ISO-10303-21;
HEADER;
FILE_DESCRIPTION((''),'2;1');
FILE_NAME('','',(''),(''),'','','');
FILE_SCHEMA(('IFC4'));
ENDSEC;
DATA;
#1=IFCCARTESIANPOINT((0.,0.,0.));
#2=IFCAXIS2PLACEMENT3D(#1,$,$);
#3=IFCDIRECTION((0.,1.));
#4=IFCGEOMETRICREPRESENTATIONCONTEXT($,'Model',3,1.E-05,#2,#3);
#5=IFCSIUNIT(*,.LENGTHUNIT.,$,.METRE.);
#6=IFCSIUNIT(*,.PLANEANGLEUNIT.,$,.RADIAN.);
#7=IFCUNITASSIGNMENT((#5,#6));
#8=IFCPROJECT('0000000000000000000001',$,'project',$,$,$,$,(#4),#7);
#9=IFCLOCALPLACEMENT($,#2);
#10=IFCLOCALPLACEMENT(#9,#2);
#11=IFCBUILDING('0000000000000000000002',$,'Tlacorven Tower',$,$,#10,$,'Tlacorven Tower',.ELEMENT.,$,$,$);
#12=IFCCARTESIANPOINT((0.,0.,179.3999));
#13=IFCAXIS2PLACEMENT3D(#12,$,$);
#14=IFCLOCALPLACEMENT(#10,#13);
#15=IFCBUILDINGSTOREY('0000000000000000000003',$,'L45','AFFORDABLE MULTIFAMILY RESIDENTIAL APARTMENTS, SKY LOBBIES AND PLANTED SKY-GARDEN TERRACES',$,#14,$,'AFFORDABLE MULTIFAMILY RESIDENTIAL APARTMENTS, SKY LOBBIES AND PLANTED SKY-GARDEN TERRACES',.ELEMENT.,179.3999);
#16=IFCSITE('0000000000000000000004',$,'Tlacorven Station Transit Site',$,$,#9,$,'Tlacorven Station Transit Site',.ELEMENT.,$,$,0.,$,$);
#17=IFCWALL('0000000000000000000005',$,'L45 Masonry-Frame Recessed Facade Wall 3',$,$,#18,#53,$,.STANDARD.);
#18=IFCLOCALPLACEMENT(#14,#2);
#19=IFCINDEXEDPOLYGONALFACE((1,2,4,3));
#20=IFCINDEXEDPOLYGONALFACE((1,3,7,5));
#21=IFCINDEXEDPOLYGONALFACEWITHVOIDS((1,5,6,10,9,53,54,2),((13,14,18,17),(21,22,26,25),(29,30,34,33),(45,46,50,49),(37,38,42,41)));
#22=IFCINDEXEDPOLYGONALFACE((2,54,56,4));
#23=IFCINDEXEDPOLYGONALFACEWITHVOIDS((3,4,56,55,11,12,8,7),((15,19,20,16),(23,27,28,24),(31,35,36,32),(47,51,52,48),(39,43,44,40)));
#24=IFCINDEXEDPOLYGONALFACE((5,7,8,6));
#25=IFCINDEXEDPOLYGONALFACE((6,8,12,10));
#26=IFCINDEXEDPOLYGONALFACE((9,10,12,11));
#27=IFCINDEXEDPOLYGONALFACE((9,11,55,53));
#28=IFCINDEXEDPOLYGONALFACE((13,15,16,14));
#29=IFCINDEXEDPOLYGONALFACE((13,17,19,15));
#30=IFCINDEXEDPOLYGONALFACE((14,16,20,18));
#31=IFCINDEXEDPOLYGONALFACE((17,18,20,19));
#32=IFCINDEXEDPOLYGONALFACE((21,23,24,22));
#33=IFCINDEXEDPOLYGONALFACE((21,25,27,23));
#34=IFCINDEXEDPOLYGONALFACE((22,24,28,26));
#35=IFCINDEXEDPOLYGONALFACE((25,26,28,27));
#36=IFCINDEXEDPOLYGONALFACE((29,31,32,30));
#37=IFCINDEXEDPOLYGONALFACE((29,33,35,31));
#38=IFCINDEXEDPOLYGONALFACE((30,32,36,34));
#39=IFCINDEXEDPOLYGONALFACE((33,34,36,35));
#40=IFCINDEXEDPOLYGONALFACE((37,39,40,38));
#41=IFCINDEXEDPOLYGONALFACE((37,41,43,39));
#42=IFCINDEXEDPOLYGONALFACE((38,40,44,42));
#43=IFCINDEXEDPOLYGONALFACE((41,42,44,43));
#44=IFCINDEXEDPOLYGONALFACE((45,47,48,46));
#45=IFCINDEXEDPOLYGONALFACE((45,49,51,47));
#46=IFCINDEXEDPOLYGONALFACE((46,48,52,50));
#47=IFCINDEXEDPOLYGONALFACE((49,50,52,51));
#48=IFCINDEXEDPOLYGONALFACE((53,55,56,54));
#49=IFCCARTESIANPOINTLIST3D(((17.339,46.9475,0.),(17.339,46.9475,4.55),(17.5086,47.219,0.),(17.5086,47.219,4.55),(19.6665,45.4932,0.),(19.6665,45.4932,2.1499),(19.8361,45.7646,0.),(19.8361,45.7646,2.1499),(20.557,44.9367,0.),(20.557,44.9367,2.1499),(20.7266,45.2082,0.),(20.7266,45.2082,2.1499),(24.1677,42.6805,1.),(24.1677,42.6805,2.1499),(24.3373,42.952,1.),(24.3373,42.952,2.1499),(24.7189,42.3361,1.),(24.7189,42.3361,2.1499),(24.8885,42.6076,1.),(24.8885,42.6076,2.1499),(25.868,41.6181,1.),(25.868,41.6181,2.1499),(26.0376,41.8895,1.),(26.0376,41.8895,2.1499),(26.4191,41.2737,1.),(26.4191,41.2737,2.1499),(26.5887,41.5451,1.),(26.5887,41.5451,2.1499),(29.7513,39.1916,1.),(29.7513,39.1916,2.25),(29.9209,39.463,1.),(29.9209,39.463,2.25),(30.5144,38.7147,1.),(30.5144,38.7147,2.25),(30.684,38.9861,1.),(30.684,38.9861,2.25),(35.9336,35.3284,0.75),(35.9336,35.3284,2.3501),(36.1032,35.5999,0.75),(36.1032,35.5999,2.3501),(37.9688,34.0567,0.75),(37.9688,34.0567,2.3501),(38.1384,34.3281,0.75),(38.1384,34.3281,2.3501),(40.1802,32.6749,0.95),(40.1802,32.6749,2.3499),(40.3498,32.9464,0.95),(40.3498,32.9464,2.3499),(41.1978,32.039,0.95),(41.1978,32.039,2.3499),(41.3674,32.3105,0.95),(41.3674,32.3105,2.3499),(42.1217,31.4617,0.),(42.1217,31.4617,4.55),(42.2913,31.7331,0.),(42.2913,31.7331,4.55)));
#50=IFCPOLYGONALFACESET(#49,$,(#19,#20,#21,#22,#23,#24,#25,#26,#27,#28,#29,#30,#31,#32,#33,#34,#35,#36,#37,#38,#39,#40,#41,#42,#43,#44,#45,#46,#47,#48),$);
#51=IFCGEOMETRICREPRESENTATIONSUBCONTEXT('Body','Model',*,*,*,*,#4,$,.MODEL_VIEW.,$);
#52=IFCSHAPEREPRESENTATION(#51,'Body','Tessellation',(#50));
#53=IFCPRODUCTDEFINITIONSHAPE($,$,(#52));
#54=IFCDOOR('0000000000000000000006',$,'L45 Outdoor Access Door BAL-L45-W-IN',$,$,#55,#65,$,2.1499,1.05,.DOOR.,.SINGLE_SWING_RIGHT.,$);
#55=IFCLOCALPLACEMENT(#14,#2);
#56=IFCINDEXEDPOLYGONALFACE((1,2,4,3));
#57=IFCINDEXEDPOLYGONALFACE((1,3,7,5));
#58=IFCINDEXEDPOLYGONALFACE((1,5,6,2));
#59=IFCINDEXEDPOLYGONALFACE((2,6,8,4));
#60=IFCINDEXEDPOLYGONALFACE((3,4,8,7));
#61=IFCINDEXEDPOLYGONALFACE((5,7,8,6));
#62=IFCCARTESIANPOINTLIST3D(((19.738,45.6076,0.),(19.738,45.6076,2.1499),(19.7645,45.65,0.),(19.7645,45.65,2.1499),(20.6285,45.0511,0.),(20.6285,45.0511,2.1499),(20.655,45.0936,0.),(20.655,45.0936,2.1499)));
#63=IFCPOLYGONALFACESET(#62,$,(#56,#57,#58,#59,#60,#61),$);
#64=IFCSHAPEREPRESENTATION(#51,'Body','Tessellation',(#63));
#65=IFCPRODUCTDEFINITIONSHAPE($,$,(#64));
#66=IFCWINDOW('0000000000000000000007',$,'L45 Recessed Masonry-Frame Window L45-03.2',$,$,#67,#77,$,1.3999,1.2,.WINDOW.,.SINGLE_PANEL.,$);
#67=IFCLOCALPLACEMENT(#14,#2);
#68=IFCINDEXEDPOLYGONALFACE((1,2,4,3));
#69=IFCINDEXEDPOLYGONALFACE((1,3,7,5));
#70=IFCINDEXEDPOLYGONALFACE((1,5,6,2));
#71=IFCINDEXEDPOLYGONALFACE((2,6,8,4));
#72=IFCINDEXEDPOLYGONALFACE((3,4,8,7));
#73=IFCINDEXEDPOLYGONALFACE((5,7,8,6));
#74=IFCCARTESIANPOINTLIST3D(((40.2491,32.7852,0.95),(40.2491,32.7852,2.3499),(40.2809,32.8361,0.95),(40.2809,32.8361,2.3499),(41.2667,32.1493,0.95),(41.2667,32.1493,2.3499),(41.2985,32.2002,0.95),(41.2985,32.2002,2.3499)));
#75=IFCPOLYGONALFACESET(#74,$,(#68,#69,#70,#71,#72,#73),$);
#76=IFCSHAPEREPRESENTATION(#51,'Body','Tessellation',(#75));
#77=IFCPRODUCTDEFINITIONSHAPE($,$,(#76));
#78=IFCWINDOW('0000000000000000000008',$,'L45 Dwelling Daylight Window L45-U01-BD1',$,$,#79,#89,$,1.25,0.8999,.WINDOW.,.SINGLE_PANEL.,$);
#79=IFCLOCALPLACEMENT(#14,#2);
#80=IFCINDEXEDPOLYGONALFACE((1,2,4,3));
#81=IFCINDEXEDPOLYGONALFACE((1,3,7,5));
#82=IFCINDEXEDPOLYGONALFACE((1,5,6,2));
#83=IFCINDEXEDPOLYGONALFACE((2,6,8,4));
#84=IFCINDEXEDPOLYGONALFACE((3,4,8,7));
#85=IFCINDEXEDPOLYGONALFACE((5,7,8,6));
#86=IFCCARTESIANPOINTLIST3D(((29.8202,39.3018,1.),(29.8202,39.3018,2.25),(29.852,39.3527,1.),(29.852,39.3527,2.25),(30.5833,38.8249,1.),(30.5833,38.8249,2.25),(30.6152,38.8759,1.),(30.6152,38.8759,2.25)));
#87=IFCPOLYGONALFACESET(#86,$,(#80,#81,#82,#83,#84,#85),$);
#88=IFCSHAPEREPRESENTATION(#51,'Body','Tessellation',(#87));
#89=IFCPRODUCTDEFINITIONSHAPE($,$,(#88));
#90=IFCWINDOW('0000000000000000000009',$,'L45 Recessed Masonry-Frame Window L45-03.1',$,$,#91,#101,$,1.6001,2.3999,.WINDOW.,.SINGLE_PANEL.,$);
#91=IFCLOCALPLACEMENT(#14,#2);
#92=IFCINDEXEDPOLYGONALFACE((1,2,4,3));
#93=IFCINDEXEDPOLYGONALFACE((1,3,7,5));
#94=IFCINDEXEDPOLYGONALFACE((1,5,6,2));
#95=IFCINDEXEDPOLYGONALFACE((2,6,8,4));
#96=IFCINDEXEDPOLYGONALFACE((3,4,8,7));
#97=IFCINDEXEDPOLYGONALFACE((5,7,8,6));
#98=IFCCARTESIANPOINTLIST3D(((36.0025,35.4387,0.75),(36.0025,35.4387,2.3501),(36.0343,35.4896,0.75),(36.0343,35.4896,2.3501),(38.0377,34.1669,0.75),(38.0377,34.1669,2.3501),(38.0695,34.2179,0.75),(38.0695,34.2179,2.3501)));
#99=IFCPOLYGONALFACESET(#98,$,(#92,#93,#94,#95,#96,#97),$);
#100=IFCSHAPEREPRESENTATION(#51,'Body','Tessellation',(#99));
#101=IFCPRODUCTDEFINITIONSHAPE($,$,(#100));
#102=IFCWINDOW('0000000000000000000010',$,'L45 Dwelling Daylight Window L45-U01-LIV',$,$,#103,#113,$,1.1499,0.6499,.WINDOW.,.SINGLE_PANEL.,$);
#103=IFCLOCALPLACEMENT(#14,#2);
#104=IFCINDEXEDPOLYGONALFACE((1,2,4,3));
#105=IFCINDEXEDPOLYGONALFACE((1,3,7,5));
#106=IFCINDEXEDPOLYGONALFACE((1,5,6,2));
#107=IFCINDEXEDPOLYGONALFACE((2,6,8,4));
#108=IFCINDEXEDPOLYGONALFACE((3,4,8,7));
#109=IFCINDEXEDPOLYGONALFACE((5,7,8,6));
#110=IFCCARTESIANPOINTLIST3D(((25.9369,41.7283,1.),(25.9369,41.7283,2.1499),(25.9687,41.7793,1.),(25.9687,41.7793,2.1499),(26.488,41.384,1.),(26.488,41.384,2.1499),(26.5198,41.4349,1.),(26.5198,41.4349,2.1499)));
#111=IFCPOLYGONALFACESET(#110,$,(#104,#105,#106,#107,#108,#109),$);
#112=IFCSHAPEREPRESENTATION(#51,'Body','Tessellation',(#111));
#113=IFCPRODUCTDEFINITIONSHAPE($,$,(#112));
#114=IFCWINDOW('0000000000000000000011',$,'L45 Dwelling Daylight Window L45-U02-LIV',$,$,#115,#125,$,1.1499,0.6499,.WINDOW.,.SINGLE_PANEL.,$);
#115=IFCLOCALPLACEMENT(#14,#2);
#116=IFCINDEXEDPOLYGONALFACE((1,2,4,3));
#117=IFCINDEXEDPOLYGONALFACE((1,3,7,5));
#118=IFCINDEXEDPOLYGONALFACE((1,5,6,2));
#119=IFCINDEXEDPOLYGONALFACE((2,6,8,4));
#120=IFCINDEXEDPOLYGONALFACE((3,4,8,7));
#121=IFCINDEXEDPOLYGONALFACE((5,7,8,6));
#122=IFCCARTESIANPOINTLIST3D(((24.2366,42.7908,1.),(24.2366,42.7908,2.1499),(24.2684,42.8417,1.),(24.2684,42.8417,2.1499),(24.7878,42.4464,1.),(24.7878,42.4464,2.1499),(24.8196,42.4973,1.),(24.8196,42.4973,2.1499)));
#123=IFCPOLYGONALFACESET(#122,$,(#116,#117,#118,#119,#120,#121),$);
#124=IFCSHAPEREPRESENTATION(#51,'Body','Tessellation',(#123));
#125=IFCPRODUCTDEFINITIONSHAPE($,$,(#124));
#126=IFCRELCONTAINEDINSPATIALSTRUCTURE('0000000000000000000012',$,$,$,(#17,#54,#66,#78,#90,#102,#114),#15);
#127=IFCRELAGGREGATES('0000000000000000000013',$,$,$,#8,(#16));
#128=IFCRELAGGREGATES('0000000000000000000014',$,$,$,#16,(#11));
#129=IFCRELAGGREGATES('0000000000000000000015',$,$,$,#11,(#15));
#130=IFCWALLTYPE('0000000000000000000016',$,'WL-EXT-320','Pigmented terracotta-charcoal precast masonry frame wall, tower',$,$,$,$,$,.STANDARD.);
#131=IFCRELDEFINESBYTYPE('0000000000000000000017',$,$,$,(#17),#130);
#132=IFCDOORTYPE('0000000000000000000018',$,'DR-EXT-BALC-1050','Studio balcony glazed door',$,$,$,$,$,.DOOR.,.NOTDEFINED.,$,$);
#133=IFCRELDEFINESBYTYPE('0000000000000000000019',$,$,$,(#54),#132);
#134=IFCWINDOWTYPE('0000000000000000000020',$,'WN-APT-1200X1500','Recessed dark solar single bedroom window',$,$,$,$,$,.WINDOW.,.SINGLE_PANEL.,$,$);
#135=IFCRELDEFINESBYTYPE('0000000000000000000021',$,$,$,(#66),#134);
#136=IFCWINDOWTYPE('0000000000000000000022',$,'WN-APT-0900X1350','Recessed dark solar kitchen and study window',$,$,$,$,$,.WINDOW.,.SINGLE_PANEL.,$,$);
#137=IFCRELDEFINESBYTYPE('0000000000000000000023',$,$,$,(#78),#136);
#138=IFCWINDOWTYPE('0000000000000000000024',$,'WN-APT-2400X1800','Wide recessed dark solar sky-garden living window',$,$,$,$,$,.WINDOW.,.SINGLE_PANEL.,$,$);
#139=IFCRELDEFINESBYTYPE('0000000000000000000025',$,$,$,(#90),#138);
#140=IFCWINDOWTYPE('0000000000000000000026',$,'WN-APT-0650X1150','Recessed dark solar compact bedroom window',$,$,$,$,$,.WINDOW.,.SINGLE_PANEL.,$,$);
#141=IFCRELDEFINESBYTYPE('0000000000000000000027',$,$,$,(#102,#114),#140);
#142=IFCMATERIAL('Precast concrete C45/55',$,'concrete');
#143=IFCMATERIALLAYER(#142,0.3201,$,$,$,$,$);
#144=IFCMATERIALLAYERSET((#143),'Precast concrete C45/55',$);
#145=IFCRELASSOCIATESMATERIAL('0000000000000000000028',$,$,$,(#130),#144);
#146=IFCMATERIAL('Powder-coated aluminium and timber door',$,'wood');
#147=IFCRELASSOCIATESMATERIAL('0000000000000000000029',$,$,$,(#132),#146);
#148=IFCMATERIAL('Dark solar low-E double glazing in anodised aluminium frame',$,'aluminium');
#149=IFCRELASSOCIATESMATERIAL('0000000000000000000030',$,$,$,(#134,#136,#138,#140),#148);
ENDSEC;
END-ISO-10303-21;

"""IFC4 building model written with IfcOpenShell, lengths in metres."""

from ifc_helpers import new_model, si_unit, direction, frame, frame_2d, origin, place, context, subcontext, project, spatial, rectangle, extrude, source, transform, mapped, material, layer, layer_set, type_object, element, fill, save


model = new_model("IFC4")

# Units and contexts
model_context = context("Model", 3, precision=1e-05, world=origin(), true_north=direction((0.0, 1.0)))
body_context = subcontext(model_context, "Body", "Model", "MODEL_VIEW")
ifc_project = project(units=[si_unit("LENGTHUNIT", "METRE"), si_unit("PLANEANGLEUNIT", "RADIAN")], contexts=[model_context])

# Site, building, storey
site_placement = place(None, origin())
site = spatial("IfcSite", under=ifc_project, at=site_placement, Name="Tlacorven Station Transit Site", LongName="Tlacorven Station Transit Site", CompositionType="ELEMENT", RefElevation=0.0)
building_placement = place(site_placement, origin())
building = spatial("IfcBuilding", under=site, at=building_placement, Name="Tlacorven Tower", LongName="Tlacorven Tower", CompositionType="ELEMENT")
storey_placement = place(building_placement, frame((0.0, 0.0, 179.3999)))
storey = spatial("IfcBuildingStorey", under=building, at=storey_placement, Name="L45", Description="AFFORDABLE MULTIFAMILY RESIDENTIAL APARTMENTS, SKY LOBBIES AND PLANTED SKY-GARDEN TERRACES", LongName="AFFORDABLE MULTIFAMILY RESIDENTIAL APARTMENTS, SKY LOBBIES AND PLANTED SKY-GARDEN TERRACES", CompositionType="ELEMENT", Elevation=179.3999)

# Wall, openings, door, windows
ifc_material_1 = material(Name="Precast concrete C45/55", Category="concrete")
ifc_layer_1 = layer(ifc_material_1, 0.3201)
ifc_layer_set_1 = layer_set([ifc_layer_1], Name="Precast concrete C45/55")
wall_type_1 = type_object("IfcWallType", Name="WL-EXT-320", Description="Pigmented terracotta-charcoal precast masonry frame wall, tower", PredefinedType="STANDARD", material=ifc_layer_set_1)
wall_1_placement = place(storey_placement, frame((17.4238, 47.0833, 0.0), z_axis=(0.0, 0.0, 1.0), x_axis=(0.84805, -0.529916, 0.0)))
wall_1 = element("IfcWall", 1, at=wall_1_placement, inside=storey, type_object=wall_type_1, Name="L45 Masonry-Frame Recessed Facade Wall 3", PredefinedType="STANDARD", context=body_context, shape_type="SweptSolid", body=[
    extrude(rectangle(XDim=29.2231, YDim=0.3201, at=frame_2d((14.6116, 0.0))), origin(), (0.0, 0.0, 1.0), 4.55),
])
opening_1_placement = place(wall_1_placement, frame((2.7446, 0.0, 0.0)))
opening_1 = element("IfcOpeningElement", 2, at=opening_1_placement, cuts=wall_1, PredefinedType="OPENING", context=body_context, shape_type="SweptSolid", body=[
    extrude(rectangle(XDim=1.05, YDim=2.1499, at=frame_2d((0.5249, 1.075))), frame((0.0, 0.1699, 0.0), z_axis=(0.0, -1.0, 0.0), x_axis=(1.0, 0.0, 0.0)), (0.0, 0.0, 1.0), 0.3401),
])
opening_2_placement = place(wall_1_placement, frame((21.9263, 0.0, 0.75)))
opening_2 = element("IfcOpeningElement", 3, at=opening_2_placement, cuts=wall_1, PredefinedType="OPENING", context=body_context, shape_type="SweptSolid", body=[
    extrude(rectangle(XDim=2.3999, YDim=1.6001, at=frame_2d((1.2, 0.8))), frame((0.0, 0.1699, 0.0), z_axis=(0.0, -1.0, 0.0), x_axis=(1.0, 0.0, 0.0)), (0.0, 0.0, 1.0), 0.3401),
])
opening_3_placement = place(wall_1_placement, frame((26.9336, 0.0, 0.95)))
opening_3 = element("IfcOpeningElement", 4, at=opening_3_placement, cuts=wall_1, PredefinedType="OPENING", context=body_context, shape_type="SweptSolid", body=[
    extrude(rectangle(XDim=1.2, YDim=1.3999, at=frame_2d((0.6001, 0.7))), frame((0.0, 0.1699, 0.0), z_axis=(0.0, -1.0, 0.0), x_axis=(1.0, 0.0, 0.0)), (0.0, 0.0, 1.0), 0.3401),
])
opening_4_placement = place(wall_1_placement, frame((10.0571, 0.0, 1.0)))
opening_4 = element("IfcOpeningElement", 5, at=opening_4_placement, cuts=wall_1, PredefinedType="OPENING", context=body_context, shape_type="SweptSolid", body=[
    extrude(rectangle(XDim=0.6499, YDim=1.1499, at=frame_2d((0.325, 0.575))), frame((0.0, 0.1699, 0.0), z_axis=(0.0, -1.0, 0.0), x_axis=(1.0, 0.0, 0.0)), (0.0, 0.0, 1.0), 0.3401),
])
opening_5_placement = place(wall_1_placement, frame((14.6362, 0.0, 1.0)))
opening_5 = element("IfcOpeningElement", 6, at=opening_5_placement, cuts=wall_1, PredefinedType="OPENING", context=body_context, shape_type="SweptSolid", body=[
    extrude(rectangle(XDim=0.8999, YDim=1.25, at=frame_2d((0.45, 0.625))), frame((0.0, 0.1699, 0.0), z_axis=(0.0, -1.0, 0.0), x_axis=(1.0, 0.0, 0.0)), (0.0, 0.0, 1.0), 0.3401),
])
opening_6_placement = place(wall_1_placement, frame((8.0522, 0.0, 1.0)))
opening_6 = element("IfcOpeningElement", 7, at=opening_6_placement, cuts=wall_1, PredefinedType="OPENING", context=body_context, shape_type="SweptSolid", body=[
    extrude(rectangle(XDim=0.6499, YDim=1.1499, at=frame_2d((0.325, 0.575))), frame((0.0, 0.1699, 0.0), z_axis=(0.0, -1.0, 0.0), x_axis=(1.0, 0.0, 0.0)), (0.0, 0.0, 1.0), 0.3401),
])
ifc_material_2 = material(Name="Powder-coated aluminium and timber door", Category="wood")
door_type_1 = type_object("IfcDoorType", Name="DR-EXT-BALC-1050", Description="Studio balcony glazed door", OperationType="NOTDEFINED", PredefinedType="DOOR", material=ifc_material_2)
shared_shape_1 = source(origin(), body_context, "Body", "SweptSolid", [
    extrude(rectangle(XDim=1.05, YDim=2.1499, at=frame_2d((0.5249, 1.075))), frame((0.0, 0.0249, 0.0), z_axis=(0.0, -1.0, 0.0), x_axis=(1.0, 0.0, 0.0)), (0.0, 0.0, 1.0), 0.05),
])
door_1_placement = place(opening_1_placement, origin())
door_1 = element("IfcDoor", 8, at=door_1_placement, inside=storey, type_object=door_type_1, Name="L45 Outdoor Access Door BAL-L45-W-IN", OperationType="SINGLE_SWING_RIGHT", OverallHeight=2.1499, OverallWidth=1.05, PredefinedType="DOOR", context=body_context, shape_type="MappedRepresentation", body=[
    mapped(shared_shape_1, transform((0.0, 0.0, 0.0), scale=1.0)),
])
fill(opening_1, door_1)
ifc_material_3 = material(Name="Dark solar low-E double glazing in anodised aluminium frame", Category="aluminium")
window_type_1 = type_object("IfcWindowType", Name="WN-APT-1200X1500", Description="Recessed dark solar single bedroom window", PartitioningType="SINGLE_PANEL", PredefinedType="WINDOW", material=ifc_material_3)
shared_shape_2 = source(origin(), body_context, "Body", "SweptSolid", [
    extrude(rectangle(XDim=1.2, YDim=1.3999, at=frame_2d((0.6001, 0.7))), frame((0.0, 0.03, 0.0), z_axis=(0.0, -1.0, 0.0), x_axis=(1.0, 0.0, 0.0)), (0.0, 0.0, 1.0), 0.0601),
])
window_1_placement = place(opening_3_placement, origin())
window_1 = element("IfcWindow", 9, at=window_1_placement, inside=storey, type_object=window_type_1, Name="L45 Recessed Masonry-Frame Window L45-03.2", OverallHeight=1.3999, OverallWidth=1.2, PartitioningType="SINGLE_PANEL", PredefinedType="WINDOW", context=body_context, shape_type="MappedRepresentation", body=[
    mapped(shared_shape_2, transform((0.0, 0.0, 0.0), scale=1.0)),
])
fill(opening_3, window_1)
window_type_2 = type_object("IfcWindowType", Name="WN-APT-0900X1350", Description="Recessed dark solar kitchen and study window", PartitioningType="SINGLE_PANEL", PredefinedType="WINDOW", material=ifc_material_3)
shared_shape_3 = source(origin(), body_context, "Body", "SweptSolid", [
    extrude(rectangle(XDim=0.8999, YDim=1.25, at=frame_2d((0.45, 0.625))), frame((0.0, 0.03, 0.0), z_axis=(0.0, -1.0, 0.0), x_axis=(1.0, 0.0, 0.0)), (0.0, 0.0, 1.0), 0.0601),
])
window_2_placement = place(opening_5_placement, origin())
window_2 = element("IfcWindow", 10, at=window_2_placement, inside=storey, type_object=window_type_2, Name="L45 Dwelling Daylight Window L45-U01-BD1", OverallHeight=1.25, OverallWidth=0.8999, PartitioningType="SINGLE_PANEL", PredefinedType="WINDOW", context=body_context, shape_type="MappedRepresentation", body=[
    mapped(shared_shape_3, transform((0.0, 0.0, 0.0), scale=1.0)),
])
fill(opening_5, window_2)
window_type_3 = type_object("IfcWindowType", Name="WN-APT-2400X1800", Description="Wide recessed dark solar sky-garden living window", PartitioningType="SINGLE_PANEL", PredefinedType="WINDOW", material=ifc_material_3)
shared_shape_4 = source(origin(), body_context, "Body", "SweptSolid", [
    extrude(rectangle(XDim=2.3999, YDim=1.6001, at=frame_2d((1.2, 0.8))), frame((0.0, 0.03, 0.0), z_axis=(0.0, -1.0, 0.0), x_axis=(1.0, 0.0, 0.0)), (0.0, 0.0, 1.0), 0.0601),
])
window_3_placement = place(opening_2_placement, origin())
window_3 = element("IfcWindow", 11, at=window_3_placement, inside=storey, type_object=window_type_3, Name="L45 Recessed Masonry-Frame Window L45-03.1", OverallHeight=1.6001, OverallWidth=2.3999, PartitioningType="SINGLE_PANEL", PredefinedType="WINDOW", context=body_context, shape_type="MappedRepresentation", body=[
    mapped(shared_shape_4, transform((0.0, 0.0, 0.0), scale=1.0)),
])
fill(opening_2, window_3)
window_type_4 = type_object("IfcWindowType", Name="WN-APT-0650X1150", Description="Recessed dark solar compact bedroom window", PartitioningType="SINGLE_PANEL", PredefinedType="WINDOW", material=ifc_material_3)
shared_shape_5 = source(origin(), body_context, "Body", "SweptSolid", [
    extrude(rectangle(XDim=0.6499, YDim=1.1499, at=frame_2d((0.325, 0.575))), frame((0.0, 0.03, 0.0), z_axis=(0.0, -1.0, 0.0), x_axis=(1.0, 0.0, 0.0)), (0.0, 0.0, 1.0), 0.0601),
])
window_4_placement = place(opening_4_placement, origin())
window_4 = element("IfcWindow", 12, at=window_4_placement, inside=storey, type_object=window_type_4, Name="L45 Dwelling Daylight Window L45-U01-LIV", OverallHeight=1.1499, OverallWidth=0.6499, PartitioningType="SINGLE_PANEL", PredefinedType="WINDOW", context=body_context, shape_type="MappedRepresentation", body=[
    mapped(shared_shape_5, transform((0.0, 0.0, 0.0), scale=1.0)),
])
fill(opening_4, window_4)
window_5_placement = place(opening_6_placement, origin())
window_5 = element("IfcWindow", 13, at=window_5_placement, inside=storey, type_object=window_type_4, Name="L45 Dwelling Daylight Window L45-U02-LIV", OverallHeight=1.1499, OverallWidth=0.6499, PartitioningType="SINGLE_PANEL", PredefinedType="WINDOW", context=body_context, shape_type="MappedRepresentation", body=[
    mapped(shared_shape_5, transform((0.0, 0.0, 0.0), scale=1.0)),
])
fill(opening_6, window_5)

save(model, "model.ifc")
